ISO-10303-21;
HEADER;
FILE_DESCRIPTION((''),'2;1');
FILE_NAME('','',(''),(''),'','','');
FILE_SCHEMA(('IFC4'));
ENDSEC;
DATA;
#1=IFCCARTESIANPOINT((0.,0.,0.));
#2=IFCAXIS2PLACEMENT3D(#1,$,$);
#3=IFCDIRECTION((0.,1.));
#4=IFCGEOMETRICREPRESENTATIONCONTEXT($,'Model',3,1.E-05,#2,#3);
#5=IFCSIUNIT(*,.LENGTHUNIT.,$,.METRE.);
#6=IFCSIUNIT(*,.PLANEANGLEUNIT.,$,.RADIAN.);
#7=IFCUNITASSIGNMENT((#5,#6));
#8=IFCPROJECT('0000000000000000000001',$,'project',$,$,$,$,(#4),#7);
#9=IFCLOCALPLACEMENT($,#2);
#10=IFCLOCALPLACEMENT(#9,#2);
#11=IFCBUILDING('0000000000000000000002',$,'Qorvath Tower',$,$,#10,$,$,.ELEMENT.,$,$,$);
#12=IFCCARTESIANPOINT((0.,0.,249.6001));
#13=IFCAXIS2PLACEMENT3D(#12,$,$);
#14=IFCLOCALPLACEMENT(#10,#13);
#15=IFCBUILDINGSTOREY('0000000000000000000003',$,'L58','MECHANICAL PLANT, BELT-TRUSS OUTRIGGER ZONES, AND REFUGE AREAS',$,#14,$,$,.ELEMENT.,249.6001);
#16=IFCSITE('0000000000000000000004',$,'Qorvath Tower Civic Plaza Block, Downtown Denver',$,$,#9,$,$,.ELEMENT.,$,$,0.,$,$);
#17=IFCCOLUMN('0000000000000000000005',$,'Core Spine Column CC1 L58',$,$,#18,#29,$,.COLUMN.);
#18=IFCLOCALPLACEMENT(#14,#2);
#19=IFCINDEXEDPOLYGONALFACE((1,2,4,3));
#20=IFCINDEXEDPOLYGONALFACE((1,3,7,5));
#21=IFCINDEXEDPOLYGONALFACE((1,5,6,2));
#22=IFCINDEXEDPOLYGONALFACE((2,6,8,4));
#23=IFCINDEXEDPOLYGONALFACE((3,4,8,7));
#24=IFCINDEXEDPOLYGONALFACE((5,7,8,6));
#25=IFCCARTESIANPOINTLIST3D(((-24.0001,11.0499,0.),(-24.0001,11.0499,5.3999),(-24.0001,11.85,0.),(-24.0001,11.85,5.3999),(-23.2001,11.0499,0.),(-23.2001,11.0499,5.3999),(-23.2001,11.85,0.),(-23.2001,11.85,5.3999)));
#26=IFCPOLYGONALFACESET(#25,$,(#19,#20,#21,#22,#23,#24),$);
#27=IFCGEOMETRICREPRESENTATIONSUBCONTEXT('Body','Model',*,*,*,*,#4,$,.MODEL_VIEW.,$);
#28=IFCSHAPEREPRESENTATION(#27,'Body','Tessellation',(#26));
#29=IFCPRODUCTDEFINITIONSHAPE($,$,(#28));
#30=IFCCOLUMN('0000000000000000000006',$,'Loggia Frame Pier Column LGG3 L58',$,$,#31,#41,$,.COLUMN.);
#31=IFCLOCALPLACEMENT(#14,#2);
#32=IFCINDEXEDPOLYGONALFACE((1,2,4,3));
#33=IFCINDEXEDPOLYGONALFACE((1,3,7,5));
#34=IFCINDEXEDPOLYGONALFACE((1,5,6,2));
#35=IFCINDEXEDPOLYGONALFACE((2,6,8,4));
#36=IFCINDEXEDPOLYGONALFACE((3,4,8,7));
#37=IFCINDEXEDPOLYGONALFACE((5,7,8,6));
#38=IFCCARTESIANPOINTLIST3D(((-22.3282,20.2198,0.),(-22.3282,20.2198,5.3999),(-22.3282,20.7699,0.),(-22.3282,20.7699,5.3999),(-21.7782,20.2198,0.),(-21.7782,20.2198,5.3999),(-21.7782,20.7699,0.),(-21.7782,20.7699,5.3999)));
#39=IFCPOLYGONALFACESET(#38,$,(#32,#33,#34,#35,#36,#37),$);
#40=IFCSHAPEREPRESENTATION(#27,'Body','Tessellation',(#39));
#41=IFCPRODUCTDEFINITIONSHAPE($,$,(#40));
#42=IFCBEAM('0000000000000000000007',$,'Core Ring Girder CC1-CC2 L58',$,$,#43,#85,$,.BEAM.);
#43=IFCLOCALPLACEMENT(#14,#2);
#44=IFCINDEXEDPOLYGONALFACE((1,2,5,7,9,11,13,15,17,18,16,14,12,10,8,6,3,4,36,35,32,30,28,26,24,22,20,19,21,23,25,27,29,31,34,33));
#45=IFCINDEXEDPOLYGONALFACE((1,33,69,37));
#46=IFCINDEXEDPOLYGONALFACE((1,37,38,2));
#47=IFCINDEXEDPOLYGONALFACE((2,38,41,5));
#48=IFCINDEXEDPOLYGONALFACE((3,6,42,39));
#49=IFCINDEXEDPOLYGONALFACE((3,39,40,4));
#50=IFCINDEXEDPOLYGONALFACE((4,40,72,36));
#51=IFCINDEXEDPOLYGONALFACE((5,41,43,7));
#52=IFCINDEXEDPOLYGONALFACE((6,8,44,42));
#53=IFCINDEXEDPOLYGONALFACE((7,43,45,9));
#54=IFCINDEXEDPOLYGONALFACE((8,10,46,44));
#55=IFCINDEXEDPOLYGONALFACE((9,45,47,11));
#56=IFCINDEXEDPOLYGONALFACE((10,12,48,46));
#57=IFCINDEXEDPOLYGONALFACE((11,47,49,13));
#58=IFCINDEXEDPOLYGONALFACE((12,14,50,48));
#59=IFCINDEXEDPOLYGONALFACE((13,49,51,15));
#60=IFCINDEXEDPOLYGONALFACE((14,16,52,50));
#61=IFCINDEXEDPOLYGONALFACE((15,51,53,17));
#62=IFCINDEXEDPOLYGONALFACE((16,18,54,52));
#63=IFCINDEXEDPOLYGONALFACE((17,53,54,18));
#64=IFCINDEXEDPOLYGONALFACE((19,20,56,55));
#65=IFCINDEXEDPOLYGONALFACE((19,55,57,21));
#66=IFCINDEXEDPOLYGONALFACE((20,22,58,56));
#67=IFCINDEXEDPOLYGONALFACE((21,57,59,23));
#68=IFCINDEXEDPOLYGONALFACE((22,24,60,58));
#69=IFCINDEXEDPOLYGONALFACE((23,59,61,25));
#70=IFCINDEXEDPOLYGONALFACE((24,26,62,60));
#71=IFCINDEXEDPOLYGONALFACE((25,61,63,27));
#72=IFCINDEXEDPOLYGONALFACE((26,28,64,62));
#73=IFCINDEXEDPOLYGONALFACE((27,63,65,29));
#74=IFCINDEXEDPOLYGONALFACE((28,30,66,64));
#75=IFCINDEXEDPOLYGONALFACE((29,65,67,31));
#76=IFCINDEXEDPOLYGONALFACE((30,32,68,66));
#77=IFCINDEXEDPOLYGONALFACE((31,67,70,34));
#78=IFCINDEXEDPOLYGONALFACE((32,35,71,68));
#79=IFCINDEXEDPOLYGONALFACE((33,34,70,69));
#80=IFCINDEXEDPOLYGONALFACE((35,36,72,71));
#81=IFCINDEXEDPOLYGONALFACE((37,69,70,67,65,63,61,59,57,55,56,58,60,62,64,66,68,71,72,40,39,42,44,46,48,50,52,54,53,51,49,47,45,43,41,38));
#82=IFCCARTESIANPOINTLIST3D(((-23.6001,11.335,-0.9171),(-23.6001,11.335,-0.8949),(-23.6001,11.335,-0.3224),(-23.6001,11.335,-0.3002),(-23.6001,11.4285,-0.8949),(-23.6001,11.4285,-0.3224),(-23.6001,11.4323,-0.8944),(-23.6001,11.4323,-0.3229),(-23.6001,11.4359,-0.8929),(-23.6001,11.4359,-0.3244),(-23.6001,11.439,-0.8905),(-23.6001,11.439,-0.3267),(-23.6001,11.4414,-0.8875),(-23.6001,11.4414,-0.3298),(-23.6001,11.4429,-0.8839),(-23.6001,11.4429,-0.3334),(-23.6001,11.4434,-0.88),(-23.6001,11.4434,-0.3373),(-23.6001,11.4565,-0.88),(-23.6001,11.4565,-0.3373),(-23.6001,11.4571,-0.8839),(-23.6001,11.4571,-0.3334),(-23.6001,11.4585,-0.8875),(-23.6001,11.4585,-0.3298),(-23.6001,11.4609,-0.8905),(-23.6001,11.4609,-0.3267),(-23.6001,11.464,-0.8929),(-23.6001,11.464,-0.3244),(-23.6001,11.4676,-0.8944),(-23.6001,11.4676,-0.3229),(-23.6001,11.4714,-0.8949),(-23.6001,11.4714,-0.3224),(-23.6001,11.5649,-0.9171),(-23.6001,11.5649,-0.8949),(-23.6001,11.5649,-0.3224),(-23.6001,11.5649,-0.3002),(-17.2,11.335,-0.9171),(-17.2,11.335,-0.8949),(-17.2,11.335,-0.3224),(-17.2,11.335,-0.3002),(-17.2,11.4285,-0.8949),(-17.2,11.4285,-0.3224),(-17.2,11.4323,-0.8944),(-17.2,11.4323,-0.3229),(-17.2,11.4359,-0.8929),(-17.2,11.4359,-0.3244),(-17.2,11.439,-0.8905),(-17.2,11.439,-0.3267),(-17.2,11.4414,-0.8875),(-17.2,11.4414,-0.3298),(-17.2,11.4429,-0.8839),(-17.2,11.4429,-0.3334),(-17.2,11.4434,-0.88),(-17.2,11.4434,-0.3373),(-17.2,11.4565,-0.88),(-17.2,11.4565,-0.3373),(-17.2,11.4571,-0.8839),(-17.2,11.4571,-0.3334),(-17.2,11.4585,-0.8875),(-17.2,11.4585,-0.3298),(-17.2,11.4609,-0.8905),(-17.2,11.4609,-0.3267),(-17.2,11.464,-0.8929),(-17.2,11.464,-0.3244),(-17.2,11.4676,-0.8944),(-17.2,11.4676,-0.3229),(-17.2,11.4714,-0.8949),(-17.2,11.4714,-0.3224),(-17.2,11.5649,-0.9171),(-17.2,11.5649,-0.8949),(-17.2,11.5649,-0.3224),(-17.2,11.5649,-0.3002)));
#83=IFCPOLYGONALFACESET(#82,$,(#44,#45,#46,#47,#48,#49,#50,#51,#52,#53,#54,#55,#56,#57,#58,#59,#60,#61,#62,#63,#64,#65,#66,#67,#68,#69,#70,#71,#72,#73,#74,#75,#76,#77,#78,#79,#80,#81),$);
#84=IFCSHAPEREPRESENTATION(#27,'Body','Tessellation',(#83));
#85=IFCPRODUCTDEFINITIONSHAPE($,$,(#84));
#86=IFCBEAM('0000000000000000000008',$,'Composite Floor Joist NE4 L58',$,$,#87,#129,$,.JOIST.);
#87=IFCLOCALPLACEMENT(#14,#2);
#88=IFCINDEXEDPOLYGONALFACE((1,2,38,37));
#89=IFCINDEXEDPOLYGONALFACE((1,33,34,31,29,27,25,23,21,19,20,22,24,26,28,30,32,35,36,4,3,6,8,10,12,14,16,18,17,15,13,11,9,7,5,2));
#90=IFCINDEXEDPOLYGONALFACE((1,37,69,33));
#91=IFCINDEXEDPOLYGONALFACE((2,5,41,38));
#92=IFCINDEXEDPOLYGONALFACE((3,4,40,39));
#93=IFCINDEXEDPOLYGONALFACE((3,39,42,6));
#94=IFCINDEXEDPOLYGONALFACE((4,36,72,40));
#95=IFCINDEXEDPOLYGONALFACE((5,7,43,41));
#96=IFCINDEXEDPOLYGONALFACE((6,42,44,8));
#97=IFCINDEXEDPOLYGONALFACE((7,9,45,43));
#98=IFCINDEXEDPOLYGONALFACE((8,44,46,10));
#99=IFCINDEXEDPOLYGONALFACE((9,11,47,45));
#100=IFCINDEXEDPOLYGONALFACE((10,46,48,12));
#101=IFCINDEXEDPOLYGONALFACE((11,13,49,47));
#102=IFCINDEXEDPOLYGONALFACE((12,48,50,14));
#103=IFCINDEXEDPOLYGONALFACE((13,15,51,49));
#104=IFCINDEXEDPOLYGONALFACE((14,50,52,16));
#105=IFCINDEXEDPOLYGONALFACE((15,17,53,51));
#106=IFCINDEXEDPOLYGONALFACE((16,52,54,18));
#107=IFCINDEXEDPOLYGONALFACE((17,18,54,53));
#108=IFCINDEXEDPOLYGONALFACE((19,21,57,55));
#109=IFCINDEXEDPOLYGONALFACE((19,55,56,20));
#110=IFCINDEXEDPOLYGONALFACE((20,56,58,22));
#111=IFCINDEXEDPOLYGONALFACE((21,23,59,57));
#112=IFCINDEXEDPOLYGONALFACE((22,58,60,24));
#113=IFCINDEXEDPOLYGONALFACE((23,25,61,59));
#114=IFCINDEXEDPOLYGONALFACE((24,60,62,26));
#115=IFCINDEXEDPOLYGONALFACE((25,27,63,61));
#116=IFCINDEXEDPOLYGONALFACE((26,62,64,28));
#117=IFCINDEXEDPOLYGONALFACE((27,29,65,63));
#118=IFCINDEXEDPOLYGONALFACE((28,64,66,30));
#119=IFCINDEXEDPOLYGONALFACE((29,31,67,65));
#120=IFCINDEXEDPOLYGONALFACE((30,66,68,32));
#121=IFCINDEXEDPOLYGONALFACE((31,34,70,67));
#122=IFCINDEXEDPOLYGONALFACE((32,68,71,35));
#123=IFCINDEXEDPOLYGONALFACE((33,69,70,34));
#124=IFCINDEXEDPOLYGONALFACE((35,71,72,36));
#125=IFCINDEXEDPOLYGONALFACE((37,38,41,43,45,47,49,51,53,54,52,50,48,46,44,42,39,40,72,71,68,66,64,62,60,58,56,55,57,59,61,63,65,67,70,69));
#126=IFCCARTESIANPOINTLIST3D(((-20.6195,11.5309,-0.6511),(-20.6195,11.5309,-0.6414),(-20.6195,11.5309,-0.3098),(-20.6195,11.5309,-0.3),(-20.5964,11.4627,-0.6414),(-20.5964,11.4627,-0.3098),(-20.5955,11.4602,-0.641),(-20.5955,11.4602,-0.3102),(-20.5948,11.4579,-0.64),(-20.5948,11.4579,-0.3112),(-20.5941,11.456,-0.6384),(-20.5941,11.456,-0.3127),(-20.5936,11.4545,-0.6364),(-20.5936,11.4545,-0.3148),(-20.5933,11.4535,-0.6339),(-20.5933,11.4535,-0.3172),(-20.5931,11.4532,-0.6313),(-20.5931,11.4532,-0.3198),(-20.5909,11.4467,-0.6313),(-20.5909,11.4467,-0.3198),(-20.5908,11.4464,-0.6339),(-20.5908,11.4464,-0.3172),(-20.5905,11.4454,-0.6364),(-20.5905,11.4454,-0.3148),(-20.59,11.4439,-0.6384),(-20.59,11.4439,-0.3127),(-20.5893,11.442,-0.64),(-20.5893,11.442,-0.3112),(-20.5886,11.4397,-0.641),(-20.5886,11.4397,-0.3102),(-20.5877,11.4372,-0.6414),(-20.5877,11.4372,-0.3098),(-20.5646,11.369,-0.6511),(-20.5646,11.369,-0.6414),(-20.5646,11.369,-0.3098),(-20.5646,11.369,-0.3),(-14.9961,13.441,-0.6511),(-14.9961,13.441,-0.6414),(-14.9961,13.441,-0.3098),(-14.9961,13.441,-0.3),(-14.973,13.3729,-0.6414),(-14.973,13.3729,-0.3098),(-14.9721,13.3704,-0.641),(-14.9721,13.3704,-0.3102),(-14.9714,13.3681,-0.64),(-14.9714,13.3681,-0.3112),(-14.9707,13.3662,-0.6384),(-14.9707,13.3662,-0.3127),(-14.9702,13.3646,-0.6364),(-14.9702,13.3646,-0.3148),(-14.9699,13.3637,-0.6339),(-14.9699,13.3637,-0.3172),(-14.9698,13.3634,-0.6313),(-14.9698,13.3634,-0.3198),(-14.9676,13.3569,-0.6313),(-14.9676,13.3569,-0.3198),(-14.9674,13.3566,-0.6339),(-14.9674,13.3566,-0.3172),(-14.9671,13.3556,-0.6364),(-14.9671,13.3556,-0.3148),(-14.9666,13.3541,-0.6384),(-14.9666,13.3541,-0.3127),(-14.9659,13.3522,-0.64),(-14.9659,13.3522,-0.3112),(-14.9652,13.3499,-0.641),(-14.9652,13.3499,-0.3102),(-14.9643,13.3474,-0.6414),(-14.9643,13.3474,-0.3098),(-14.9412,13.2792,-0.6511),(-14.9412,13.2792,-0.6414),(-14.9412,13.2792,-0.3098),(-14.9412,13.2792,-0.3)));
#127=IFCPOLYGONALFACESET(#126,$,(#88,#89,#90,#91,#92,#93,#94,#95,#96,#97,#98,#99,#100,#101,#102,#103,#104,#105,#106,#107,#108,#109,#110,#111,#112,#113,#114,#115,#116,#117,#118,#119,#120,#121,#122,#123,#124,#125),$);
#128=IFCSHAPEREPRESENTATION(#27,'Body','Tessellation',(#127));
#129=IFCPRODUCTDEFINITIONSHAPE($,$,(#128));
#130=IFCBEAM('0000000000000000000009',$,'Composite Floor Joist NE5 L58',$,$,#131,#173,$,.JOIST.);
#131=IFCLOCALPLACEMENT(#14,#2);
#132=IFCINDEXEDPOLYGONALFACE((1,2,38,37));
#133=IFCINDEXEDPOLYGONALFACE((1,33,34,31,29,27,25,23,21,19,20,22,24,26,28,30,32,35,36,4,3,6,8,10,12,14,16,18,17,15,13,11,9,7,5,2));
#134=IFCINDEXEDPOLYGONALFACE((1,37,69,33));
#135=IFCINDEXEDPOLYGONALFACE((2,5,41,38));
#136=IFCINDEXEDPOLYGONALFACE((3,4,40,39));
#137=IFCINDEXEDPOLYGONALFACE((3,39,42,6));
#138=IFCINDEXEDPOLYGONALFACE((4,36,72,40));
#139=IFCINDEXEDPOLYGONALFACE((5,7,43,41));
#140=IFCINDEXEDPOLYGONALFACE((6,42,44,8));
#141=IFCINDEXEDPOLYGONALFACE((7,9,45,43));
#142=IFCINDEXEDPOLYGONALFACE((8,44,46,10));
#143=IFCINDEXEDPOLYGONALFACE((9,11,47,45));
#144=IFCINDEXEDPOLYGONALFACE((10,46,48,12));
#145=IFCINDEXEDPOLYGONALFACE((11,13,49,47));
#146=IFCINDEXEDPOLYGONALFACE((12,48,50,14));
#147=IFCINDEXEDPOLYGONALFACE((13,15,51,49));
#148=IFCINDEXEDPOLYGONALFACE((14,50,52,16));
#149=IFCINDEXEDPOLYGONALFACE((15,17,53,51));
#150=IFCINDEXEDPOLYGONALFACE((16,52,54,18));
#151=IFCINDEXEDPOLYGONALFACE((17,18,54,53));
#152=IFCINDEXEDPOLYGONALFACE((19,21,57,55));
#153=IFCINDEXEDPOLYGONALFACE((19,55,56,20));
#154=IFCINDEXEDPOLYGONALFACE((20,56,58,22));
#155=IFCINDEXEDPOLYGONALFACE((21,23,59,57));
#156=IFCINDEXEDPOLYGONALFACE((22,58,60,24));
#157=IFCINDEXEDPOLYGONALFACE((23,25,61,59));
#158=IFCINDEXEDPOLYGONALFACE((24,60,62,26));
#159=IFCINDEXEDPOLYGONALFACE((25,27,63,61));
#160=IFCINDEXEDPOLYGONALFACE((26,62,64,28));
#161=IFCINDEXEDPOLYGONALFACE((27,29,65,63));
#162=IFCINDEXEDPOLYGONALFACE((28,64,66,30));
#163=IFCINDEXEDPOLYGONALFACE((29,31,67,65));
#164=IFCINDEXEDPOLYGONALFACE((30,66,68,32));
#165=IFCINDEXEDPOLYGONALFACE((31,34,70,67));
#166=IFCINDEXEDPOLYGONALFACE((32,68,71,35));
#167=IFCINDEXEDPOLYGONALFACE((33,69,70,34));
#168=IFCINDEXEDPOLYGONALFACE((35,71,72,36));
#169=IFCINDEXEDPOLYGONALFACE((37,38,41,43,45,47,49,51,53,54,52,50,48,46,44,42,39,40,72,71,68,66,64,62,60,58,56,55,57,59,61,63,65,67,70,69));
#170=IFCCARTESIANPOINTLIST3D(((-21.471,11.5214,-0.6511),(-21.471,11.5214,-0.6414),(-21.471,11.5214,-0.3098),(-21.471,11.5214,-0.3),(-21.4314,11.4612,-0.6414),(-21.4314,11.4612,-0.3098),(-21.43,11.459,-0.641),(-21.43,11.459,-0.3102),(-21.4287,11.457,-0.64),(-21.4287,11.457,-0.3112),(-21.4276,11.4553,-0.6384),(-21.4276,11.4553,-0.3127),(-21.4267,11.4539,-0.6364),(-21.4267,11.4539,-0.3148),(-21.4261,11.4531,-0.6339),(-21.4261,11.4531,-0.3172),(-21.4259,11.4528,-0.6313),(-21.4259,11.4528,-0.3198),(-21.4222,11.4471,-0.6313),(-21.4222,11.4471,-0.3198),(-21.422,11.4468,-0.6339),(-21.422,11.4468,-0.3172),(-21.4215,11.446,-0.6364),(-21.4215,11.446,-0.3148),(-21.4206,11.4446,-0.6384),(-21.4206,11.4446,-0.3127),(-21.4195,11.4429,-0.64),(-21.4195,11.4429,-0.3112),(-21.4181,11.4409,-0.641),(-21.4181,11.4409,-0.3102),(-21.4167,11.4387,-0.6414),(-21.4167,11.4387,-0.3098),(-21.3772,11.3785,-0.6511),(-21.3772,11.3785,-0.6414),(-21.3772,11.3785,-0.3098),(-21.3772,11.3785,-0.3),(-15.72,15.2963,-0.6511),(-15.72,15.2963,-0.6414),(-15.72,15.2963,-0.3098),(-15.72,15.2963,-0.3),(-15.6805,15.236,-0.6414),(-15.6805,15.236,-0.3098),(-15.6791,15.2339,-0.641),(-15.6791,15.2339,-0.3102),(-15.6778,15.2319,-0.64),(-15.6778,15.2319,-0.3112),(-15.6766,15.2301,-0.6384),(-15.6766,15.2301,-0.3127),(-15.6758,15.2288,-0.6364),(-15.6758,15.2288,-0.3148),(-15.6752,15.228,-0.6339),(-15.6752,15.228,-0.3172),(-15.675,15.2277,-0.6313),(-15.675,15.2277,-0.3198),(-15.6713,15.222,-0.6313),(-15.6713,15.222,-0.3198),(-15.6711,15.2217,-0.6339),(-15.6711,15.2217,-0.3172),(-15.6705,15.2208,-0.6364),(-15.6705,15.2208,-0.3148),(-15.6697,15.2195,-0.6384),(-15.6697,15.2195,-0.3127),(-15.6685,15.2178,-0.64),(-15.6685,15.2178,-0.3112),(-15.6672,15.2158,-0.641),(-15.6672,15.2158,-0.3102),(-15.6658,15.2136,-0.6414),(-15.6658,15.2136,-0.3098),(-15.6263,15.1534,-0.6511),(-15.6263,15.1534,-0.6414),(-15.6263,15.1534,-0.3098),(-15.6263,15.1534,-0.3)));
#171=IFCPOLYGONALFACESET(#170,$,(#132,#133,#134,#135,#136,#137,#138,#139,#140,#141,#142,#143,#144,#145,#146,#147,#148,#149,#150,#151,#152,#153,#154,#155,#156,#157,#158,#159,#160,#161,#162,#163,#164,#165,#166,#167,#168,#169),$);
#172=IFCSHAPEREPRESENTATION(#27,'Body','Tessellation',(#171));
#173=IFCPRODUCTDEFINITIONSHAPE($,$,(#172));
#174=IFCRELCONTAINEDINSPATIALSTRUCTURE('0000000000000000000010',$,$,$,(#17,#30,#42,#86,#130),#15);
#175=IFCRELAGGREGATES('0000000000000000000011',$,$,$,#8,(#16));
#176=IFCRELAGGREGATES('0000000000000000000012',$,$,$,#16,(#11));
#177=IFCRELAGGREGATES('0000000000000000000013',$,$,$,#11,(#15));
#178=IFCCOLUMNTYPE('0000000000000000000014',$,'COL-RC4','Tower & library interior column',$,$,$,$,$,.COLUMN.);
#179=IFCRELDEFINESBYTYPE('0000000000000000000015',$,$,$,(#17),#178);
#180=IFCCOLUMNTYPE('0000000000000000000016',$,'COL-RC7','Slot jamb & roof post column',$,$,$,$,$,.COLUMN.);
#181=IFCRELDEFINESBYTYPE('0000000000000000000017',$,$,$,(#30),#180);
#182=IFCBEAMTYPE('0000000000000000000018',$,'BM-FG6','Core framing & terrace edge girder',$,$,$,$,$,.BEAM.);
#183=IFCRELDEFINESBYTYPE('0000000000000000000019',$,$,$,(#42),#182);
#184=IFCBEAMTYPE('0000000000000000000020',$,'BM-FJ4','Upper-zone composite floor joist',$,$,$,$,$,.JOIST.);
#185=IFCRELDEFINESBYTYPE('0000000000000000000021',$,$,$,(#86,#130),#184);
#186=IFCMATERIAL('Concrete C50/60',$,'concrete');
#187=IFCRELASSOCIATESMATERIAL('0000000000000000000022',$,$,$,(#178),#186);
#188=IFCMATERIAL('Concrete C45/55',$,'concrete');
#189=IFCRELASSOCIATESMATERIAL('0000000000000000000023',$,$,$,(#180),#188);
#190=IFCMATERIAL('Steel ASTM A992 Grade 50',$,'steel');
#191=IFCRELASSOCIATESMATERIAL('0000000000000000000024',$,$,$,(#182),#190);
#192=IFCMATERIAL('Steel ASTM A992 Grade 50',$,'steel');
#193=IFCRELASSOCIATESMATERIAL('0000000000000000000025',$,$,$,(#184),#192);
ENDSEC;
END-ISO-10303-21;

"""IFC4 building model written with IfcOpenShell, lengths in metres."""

from ifc_helpers import new_model, si_unit, direction, frame, origin, origin_2d, place, context, subcontext, project, spatial, rectangle, i_section, extrude, material, material_profile, profile_set, type_object, element, save


model = new_model("IFC4")

# Units and contexts
model_context = context("Model", 3, precision=1e-05, world=origin(), true_north=direction((0.0, 1.0)))
body_context = subcontext(model_context, "Body", "Model", "MODEL_VIEW")
ifc_project = project(units=[si_unit("LENGTHUNIT", "METRE"), si_unit("PLANEANGLEUNIT", "RADIAN")], contexts=[model_context])

# Site, building, storey
site_placement = place(None, origin())
site = spatial("IfcSite", under=ifc_project, at=site_placement, Name="Qorvath Tower Civic Plaza Block, Downtown Denver", CompositionType="ELEMENT", RefElevation=0.0)
building_placement = place(site_placement, origin())
building = spatial("IfcBuilding", under=site, at=building_placement, Name="Qorvath Tower", CompositionType="ELEMENT")
storey_placement = place(building_placement, frame((0.0, 0.0, 249.6001)))
storey = spatial("IfcBuildingStorey", under=building, at=storey_placement, Name="L58", Description="MECHANICAL PLANT, BELT-TRUSS OUTRIGGER ZONES, AND REFUGE AREAS", CompositionType="ELEMENT", Elevation=249.6001)

# Columns
ifc_material_1 = material(Name="Concrete C50/60", Category="concrete")
ifc_material_profile_1 = material_profile(ifc_material_1, rectangle(XDim=0.8, YDim=0.8, at=origin_2d()), Name="RC 800x800")
ifc_profile_set_1 = profile_set([ifc_material_profile_1], Name="Concrete C50/60")
column_type_1 = type_object("IfcColumnType", Name="COL-RC4", Description="Tower & library interior column", PredefinedType="COLUMN", material=ifc_profile_set_1)
column_1_placement = place(storey_placement, frame((-23.6001, 11.45, 0.0), z_axis=(0.0, 0.0, 1.0), x_axis=(1.0, 0.0, 0.0)))
element("IfcColumn", 1, at=column_1_placement, inside=storey, type_object=column_type_1, Name="Core Spine Column CC1 L58", PredefinedType="COLUMN", context=body_context, shape_type="SweptSolid", body=[
    extrude(rectangle(XDim=0.8, YDim=0.8, at=origin_2d()), origin(), (0.0, 0.0, 1.0), 5.3999),
])
ifc_material_2 = material(Name="Concrete C45/55", Category="concrete")
ifc_material_profile_2 = material_profile(ifc_material_2, rectangle(XDim=0.55, YDim=0.55, at=origin_2d()), Name="RC 550x550")
ifc_profile_set_2 = profile_set([ifc_material_profile_2], Name="Concrete C45/55")
column_type_2 = type_object("IfcColumnType", Name="COL-RC7", Description="Slot jamb & roof post column", PredefinedType="COLUMN", material=ifc_profile_set_2)
column_2_placement = place(storey_placement, frame((-22.0532, 20.4949, 0.0), z_axis=(0.0, 0.0, 1.0), x_axis=(1.0, 0.0, 0.0)))
element("IfcColumn", 2, at=column_2_placement, inside=storey, type_object=column_type_2, Name="Loggia Frame Pier Column LGG3 L58", PredefinedType="COLUMN", context=body_context, shape_type="SweptSolid", body=[
    extrude(rectangle(XDim=0.55, YDim=0.55, at=origin_2d()), origin(), (0.0, 0.0, 1.0), 5.3999),
])

# Beams
ifc_material_3 = material(Name="Steel ASTM A992 Grade 50", Category="steel")
ifc_material_profile_3 = material_profile(ifc_material_3, i_section(OverallWidth=0.23, OverallDepth=0.6169, WebThickness=0.0132, FlangeThickness=0.0222, FilletRadius=0.0149, at=origin_2d()), Name="W24x94")
ifc_profile_set_3 = profile_set([ifc_material_profile_3], Name="Steel ASTM A992 Grade 50")
beam_type_1 = type_object("IfcBeamType", Name="BM-FG6", Description="Core framing & terrace edge girder", PredefinedType="BEAM", material=ifc_profile_set_3)
beam_1_placement = place(storey_placement, frame((-23.6001, 11.45, -0.6086), z_axis=(1.0, 0.0, 0.0), x_axis=(0.0, 1.0, 0.0)))
element("IfcBeam", 3, at=beam_1_placement, inside=storey, type_object=beam_type_1, Name="Core Ring Girder CC1-CC2 L58", PredefinedType="BEAM", context=body_context, shape_type="SweptSolid", body=[
    extrude(i_section(OverallWidth=0.23, OverallDepth=0.6169, WebThickness=0.0132, FlangeThickness=0.0222, FilletRadius=0.0149, at=origin_2d()), origin(), (0.0, 0.0, 1.0), 6.4001),
])
ifc_material_4 = material(Name="Steel ASTM A992 Grade 50", Category="steel")
ifc_material_profile_4 = material_profile(ifc_material_4, i_section(OverallWidth=0.1709, OverallDepth=0.3511, WebThickness=0.0068, FlangeThickness=0.0098, FilletRadius=0.01, at=origin_2d()), Name="W14x30")
ifc_profile_set_4 = profile_set([ifc_material_profile_4], Name="Steel ASTM A992 Grade 50")
beam_type_2 = type_object("IfcBeamType", Name="BM-FJ4", Description="Upper-zone composite floor joist", PredefinedType="JOIST", material=ifc_profile_set_4)
beam_2_placement = place(storey_placement, frame((-20.592, 11.45, -0.4756), z_axis=(0.946863, 0.321637, 0.0), x_axis=(-0.321637, 0.946863, 0.0)))
element("IfcBeam", 4, at=beam_2_placement, inside=storey, type_object=beam_type_2, Name="Composite Floor Joist NE4 L58", PredefinedType="JOIST", context=body_context, shape_type="SweptSolid", body=[
    extrude(i_section(OverallWidth=0.1709, OverallDepth=0.3511, WebThickness=0.0068, FlangeThickness=0.0098, FilletRadius=0.01, at=origin_2d()), origin(), (0.0, 0.0, 1.0), 5.939),
])
beam_3_placement = place(storey_placement, frame((-21.4241, 11.45, -0.4756), z_axis=(0.835993, 0.54874, 0.0), x_axis=(-0.54874, 0.835993, 0.0)))
element("IfcBeam", 5, at=beam_3_placement, inside=storey, type_object=beam_type_2, Name="Composite Floor Joist NE5 L58", PredefinedType="JOIST", context=body_context, shape_type="SweptSolid", body=[
    extrude(i_section(OverallWidth=0.1709, OverallDepth=0.3511, WebThickness=0.0068, FlangeThickness=0.0098, FilletRadius=0.01, at=origin_2d()), origin(), (0.0, 0.0, 1.0), 6.8792),
])

save(model, "model.ifc")
